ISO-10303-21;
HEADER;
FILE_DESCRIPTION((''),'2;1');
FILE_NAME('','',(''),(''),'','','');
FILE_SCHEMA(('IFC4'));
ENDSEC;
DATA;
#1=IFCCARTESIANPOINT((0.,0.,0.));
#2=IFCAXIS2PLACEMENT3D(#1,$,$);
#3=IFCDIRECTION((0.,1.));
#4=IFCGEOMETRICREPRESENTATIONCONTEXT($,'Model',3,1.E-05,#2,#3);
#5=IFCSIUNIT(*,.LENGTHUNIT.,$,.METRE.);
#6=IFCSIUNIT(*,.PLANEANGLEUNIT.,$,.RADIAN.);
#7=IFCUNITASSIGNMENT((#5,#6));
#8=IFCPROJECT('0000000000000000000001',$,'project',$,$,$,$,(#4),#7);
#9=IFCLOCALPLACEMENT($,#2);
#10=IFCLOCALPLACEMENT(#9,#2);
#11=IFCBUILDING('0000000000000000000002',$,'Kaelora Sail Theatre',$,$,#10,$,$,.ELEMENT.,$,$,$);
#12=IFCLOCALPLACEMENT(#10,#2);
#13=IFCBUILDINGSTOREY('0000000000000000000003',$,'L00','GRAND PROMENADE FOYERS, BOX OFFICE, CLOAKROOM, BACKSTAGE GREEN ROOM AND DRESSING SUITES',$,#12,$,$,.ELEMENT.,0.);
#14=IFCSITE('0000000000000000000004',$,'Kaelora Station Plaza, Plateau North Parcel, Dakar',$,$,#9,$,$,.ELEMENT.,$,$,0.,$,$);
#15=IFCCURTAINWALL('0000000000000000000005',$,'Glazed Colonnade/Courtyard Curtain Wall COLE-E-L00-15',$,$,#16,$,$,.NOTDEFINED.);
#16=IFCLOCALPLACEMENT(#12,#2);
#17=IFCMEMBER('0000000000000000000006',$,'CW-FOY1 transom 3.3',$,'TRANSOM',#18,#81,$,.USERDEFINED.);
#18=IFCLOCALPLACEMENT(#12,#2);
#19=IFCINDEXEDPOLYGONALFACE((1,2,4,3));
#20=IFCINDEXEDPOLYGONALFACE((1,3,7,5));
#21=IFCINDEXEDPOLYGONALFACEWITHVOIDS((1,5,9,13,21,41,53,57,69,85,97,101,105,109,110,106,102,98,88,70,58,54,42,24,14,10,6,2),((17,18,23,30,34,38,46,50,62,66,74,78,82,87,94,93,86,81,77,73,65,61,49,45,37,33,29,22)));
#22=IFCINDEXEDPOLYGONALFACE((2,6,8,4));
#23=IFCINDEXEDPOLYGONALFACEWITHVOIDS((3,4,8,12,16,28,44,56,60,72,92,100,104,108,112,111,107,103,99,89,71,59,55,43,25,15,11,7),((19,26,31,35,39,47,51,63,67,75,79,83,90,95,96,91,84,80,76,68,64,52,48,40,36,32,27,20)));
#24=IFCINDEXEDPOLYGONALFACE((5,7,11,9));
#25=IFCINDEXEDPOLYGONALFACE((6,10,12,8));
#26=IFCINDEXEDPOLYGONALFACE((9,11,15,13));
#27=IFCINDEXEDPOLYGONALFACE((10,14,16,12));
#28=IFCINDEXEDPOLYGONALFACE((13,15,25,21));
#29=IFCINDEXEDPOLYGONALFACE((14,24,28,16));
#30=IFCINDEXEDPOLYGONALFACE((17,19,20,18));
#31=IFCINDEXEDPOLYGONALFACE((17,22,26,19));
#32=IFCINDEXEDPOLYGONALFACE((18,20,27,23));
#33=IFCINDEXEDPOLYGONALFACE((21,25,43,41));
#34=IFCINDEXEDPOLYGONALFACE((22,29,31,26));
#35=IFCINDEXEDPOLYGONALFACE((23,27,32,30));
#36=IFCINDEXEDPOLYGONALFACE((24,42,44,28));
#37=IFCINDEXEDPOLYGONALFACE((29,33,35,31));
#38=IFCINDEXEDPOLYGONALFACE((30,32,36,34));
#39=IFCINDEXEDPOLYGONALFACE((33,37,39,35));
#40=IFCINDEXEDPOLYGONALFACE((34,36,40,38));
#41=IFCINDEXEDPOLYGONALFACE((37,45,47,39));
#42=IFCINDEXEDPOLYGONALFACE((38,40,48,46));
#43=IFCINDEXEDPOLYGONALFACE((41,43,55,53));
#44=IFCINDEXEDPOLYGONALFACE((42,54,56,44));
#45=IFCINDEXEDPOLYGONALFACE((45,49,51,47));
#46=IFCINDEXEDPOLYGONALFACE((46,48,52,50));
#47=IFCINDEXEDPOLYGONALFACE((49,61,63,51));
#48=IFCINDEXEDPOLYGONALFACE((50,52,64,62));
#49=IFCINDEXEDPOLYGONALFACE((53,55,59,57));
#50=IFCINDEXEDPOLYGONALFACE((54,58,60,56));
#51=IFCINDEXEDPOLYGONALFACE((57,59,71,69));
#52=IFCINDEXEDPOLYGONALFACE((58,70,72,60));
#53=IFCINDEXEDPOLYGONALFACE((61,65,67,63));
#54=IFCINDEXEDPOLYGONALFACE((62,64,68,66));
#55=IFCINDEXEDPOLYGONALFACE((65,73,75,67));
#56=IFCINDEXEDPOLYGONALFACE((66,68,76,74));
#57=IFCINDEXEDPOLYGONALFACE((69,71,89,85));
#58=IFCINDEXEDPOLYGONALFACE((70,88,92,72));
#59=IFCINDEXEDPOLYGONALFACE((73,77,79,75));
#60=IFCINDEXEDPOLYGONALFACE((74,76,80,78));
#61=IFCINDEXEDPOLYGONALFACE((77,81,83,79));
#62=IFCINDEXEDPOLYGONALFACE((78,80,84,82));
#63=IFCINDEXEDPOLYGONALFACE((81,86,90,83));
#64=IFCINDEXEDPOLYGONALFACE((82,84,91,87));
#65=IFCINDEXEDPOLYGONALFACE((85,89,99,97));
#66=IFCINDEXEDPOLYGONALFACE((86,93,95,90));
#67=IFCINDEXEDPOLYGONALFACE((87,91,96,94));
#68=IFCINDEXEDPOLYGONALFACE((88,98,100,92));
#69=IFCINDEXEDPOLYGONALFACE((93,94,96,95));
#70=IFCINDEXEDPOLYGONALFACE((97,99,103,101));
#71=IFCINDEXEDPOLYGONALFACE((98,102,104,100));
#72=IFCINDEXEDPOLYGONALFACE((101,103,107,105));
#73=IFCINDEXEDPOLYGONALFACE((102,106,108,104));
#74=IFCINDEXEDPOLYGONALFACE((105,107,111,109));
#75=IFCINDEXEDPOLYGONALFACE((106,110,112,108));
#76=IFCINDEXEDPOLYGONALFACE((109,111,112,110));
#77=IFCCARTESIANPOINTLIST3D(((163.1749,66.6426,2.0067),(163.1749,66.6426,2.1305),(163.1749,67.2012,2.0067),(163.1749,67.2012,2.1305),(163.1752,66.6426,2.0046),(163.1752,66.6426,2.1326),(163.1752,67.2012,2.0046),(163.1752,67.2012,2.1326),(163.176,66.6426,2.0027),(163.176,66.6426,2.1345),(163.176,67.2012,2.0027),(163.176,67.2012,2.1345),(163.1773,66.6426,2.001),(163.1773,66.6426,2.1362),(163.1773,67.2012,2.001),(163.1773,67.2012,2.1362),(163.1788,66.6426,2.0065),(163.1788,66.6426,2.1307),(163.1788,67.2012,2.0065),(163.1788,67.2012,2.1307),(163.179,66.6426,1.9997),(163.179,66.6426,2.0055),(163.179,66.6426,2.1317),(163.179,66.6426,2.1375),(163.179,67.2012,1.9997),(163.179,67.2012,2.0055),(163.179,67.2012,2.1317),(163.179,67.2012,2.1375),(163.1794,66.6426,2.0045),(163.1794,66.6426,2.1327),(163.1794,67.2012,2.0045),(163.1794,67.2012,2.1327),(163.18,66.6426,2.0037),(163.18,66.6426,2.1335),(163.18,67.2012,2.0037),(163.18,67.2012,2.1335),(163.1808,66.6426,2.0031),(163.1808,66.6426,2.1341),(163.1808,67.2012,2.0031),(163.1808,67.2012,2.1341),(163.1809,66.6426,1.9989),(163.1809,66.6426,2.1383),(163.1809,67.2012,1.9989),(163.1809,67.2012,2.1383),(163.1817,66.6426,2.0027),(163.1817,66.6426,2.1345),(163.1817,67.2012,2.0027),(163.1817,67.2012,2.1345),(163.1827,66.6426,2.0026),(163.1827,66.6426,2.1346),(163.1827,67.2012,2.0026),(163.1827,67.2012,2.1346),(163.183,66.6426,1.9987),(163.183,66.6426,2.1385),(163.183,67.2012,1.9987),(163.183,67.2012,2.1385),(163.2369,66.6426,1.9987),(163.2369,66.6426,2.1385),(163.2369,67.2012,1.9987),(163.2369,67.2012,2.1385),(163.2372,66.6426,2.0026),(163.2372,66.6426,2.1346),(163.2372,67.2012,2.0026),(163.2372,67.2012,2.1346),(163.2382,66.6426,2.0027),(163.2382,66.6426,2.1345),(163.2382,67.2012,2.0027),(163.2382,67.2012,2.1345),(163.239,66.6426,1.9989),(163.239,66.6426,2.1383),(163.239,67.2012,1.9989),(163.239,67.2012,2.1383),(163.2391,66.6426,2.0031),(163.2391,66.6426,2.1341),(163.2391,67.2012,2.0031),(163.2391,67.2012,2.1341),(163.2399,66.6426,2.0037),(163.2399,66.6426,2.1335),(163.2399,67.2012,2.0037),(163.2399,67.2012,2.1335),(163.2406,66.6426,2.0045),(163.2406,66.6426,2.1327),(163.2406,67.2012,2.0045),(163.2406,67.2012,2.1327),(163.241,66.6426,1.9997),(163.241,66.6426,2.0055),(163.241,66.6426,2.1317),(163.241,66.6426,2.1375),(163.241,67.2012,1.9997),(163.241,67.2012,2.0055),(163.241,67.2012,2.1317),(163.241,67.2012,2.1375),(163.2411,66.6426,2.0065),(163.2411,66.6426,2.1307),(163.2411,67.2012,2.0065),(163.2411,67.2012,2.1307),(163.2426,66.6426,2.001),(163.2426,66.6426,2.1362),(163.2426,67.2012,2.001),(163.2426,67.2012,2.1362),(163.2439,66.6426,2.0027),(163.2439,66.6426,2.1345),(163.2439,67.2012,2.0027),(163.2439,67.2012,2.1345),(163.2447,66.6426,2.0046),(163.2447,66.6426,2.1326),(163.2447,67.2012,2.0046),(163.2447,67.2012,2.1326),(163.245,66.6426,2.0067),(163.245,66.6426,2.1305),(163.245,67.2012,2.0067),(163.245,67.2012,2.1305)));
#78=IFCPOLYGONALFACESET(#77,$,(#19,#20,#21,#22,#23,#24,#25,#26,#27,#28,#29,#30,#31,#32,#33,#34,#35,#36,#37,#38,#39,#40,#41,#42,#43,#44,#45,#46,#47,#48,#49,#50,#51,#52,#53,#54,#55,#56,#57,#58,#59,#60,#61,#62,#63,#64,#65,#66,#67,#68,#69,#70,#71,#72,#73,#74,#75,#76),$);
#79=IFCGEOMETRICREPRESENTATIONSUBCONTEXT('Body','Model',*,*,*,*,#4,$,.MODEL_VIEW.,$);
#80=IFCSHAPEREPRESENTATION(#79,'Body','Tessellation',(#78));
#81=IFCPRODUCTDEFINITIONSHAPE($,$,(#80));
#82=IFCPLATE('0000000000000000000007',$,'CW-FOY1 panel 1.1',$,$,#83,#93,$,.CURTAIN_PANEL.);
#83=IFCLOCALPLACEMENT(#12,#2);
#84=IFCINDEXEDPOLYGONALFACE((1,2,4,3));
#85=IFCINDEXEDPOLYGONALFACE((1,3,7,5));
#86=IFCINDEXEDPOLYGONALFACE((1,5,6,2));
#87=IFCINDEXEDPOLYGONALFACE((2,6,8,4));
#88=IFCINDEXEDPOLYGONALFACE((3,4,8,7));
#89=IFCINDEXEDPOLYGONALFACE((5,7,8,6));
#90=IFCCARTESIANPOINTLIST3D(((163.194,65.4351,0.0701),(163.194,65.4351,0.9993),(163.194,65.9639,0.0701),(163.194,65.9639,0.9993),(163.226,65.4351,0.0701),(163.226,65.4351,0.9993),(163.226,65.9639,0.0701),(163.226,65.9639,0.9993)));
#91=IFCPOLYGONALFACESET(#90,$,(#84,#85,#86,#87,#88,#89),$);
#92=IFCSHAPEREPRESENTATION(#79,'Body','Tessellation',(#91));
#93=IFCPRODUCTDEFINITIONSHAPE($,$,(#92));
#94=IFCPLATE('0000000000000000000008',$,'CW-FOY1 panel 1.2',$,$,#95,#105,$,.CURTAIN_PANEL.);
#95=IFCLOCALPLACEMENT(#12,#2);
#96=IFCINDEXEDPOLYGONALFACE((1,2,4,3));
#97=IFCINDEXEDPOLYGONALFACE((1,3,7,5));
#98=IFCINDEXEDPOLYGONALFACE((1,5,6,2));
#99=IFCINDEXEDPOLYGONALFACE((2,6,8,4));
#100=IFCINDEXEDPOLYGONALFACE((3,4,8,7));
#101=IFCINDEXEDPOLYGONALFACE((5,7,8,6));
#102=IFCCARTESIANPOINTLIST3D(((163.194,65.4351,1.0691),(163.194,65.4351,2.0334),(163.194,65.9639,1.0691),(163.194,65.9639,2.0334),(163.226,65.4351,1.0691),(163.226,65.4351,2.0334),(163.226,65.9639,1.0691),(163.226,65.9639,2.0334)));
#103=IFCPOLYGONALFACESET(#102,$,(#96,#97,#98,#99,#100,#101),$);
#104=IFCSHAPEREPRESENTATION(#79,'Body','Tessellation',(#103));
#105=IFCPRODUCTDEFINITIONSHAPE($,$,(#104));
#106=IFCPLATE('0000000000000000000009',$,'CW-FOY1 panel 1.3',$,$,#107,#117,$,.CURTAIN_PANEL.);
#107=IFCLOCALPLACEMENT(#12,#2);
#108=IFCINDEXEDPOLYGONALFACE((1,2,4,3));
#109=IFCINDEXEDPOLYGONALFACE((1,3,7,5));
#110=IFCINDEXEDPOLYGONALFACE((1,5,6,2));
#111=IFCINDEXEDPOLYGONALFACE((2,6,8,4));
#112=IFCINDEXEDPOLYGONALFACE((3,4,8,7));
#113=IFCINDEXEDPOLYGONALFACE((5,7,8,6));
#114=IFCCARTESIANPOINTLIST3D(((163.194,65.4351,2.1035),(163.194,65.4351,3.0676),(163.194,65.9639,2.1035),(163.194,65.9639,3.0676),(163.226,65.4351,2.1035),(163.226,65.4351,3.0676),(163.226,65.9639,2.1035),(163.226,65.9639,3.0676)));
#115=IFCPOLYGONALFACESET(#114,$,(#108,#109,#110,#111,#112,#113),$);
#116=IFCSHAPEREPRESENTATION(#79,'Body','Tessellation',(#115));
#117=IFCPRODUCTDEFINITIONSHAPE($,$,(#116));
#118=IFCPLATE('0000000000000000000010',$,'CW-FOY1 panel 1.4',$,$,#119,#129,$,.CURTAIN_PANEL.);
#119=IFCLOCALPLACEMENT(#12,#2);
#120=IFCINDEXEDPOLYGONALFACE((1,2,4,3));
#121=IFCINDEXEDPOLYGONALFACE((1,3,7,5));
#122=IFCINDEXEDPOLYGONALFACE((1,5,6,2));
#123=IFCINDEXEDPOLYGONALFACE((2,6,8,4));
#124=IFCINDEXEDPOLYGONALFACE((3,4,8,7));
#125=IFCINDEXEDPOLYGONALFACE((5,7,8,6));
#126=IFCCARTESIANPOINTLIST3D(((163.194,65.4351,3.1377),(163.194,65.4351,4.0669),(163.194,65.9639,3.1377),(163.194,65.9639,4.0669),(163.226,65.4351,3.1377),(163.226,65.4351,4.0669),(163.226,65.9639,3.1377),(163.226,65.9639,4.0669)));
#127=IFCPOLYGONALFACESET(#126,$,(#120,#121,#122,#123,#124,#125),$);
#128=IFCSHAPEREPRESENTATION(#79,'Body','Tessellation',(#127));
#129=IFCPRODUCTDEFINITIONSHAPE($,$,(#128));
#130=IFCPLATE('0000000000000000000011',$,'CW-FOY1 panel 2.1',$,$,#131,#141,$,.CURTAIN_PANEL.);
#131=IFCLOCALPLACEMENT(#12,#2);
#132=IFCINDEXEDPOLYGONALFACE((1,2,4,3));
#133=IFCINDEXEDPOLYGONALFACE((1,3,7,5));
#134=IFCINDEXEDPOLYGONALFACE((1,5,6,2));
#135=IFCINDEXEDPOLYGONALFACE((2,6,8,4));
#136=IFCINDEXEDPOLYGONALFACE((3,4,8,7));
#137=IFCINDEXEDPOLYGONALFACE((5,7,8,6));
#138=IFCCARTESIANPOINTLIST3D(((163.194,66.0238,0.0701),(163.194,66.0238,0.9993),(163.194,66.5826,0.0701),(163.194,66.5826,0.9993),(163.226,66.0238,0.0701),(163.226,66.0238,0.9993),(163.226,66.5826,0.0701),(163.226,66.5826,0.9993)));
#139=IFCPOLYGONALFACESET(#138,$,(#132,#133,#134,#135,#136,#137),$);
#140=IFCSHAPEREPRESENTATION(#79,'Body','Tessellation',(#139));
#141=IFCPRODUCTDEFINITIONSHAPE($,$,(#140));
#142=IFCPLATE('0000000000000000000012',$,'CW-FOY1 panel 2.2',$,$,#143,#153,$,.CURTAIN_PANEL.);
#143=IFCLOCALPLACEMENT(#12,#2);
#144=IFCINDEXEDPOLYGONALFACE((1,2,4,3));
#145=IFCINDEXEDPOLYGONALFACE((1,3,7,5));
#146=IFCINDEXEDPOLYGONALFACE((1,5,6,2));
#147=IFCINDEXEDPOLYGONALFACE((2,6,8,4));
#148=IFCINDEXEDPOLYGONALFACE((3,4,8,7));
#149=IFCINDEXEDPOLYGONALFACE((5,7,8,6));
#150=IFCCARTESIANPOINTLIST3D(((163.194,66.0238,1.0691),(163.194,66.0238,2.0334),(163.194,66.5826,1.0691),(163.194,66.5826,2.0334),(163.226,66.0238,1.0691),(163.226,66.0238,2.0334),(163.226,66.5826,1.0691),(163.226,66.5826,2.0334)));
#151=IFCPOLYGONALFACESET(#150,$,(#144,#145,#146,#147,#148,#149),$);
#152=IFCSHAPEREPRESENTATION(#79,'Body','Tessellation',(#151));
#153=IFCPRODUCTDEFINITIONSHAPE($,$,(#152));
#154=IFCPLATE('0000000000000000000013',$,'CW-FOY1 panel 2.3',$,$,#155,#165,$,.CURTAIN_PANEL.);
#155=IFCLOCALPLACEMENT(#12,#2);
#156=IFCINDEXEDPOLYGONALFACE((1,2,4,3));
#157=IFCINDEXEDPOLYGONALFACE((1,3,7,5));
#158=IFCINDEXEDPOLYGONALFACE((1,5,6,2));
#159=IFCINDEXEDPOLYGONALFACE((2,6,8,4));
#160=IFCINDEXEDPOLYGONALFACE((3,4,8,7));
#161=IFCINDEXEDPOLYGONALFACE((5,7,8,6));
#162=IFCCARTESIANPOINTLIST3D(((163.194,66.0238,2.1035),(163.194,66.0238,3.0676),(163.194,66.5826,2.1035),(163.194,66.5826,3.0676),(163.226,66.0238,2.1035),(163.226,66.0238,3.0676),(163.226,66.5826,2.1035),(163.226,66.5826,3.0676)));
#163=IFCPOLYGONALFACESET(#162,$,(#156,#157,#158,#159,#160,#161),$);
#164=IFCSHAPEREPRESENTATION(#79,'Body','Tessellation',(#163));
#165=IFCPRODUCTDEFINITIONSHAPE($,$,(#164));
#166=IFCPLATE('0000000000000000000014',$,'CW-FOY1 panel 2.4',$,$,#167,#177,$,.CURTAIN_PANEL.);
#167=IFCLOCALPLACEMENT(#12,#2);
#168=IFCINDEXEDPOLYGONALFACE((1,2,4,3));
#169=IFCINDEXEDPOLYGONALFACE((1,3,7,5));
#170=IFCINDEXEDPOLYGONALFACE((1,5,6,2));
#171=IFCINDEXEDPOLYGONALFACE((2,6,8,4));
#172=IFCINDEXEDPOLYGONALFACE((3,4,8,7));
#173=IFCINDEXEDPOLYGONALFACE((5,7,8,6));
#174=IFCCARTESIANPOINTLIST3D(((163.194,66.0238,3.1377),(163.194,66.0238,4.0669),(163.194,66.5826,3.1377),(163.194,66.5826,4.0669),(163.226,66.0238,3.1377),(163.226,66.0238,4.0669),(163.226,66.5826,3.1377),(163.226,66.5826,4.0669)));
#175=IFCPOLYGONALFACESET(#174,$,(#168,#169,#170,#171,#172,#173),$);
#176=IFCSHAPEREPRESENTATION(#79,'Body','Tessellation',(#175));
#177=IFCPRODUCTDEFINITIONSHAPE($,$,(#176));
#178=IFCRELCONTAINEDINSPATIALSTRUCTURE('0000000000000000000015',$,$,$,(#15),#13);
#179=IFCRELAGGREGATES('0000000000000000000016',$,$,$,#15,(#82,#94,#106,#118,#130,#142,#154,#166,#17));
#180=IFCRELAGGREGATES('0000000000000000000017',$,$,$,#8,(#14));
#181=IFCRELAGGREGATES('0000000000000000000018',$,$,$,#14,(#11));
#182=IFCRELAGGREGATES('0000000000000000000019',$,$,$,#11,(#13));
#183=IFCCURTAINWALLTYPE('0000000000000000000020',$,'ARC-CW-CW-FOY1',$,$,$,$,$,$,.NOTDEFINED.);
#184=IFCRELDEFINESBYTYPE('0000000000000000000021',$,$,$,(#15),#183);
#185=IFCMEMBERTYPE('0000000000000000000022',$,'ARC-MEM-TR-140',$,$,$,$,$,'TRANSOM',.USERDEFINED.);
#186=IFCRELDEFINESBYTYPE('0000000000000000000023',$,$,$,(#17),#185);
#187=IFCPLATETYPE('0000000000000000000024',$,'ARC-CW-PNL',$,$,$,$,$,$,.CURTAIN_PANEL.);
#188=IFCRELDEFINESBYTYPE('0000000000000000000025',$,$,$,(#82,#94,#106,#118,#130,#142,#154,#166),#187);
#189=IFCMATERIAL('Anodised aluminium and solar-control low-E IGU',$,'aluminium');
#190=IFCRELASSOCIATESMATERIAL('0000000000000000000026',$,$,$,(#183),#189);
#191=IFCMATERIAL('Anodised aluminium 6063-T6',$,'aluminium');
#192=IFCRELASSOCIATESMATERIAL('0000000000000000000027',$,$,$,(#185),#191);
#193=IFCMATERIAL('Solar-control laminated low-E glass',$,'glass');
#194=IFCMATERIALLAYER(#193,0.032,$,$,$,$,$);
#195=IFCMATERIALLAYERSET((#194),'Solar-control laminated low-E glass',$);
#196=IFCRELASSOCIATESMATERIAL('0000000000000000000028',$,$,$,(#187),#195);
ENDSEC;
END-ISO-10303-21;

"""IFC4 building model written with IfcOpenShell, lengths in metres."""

from ifc_helpers import new_model, si_unit, direction, frame, origin, origin_2d, place, context, subcontext, project, spatial, rectangle, hollow_rectangle, extrude, material, layer, layer_set, material_profile, profile_set, type_object, element, aggregate, save


model = new_model("IFC4")

# Units and contexts
model_context = context("Model", 3, precision=1e-05, world=origin(), true_north=direction((0.0, 1.0)))
body_context = subcontext(model_context, "Body", "Model", "MODEL_VIEW")
ifc_project = project(units=[si_unit("LENGTHUNIT", "METRE"), si_unit("PLANEANGLEUNIT", "RADIAN")], contexts=[model_context])

# Site, building, storey
site_placement = place(None, origin())
site = spatial("IfcSite", under=ifc_project, at=site_placement, Name="Kaelora Station Plaza, Plateau North Parcel, Dakar", CompositionType="ELEMENT", RefElevation=0.0)
building_placement = place(site_placement, origin())
building = spatial("IfcBuilding", under=site, at=building_placement, Name="Kaelora Sail Theatre", CompositionType="ELEMENT")
storey_placement = place(building_placement, origin())
storey = spatial("IfcBuildingStorey", under=building, at=storey_placement, Name="L00", Description="GRAND PROMENADE FOYERS, BOX OFFICE, CLOAKROOM, BACKSTAGE GREEN ROOM AND DRESSING SUITES", CompositionType="ELEMENT", Elevation=0.0)

# Curtain wall, member, plates
ifc_material_1 = material(Name="Anodised aluminium and solar-control low-E IGU", Category="aluminium")
curtain_wall_type = type_object("IfcCurtainWallType", Name="ARC-CW-CW-FOY1", PredefinedType="NOTDEFINED", material=ifc_material_1)
curtain_wall_placement = place(storey_placement, origin())
curtain_wall = element("IfcCurtainWall", 1, at=curtain_wall_placement, inside=storey, type_object=curtain_wall_type, Name="Glazed Colonnade/Courtyard Curtain Wall COLE-E-L00-15", PredefinedType="NOTDEFINED")
ifc_material_2 = material(Name="Anodised aluminium 6063-T6", Category="aluminium")
ifc_material_profile_1 = material_profile(ifc_material_2, hollow_rectangle(XDim=0.0701, YDim=0.1399, WallThickness=0.0039, InnerFilletRadius=0.0039, OuterFilletRadius=0.0081, at=origin_2d()), Name="ALU-TRAN 70x140x4")
ifc_profile_set_1 = profile_set([ifc_material_profile_1], Name="Anodised aluminium 6063-T6")
member_type_1 = type_object("IfcMemberType", Name="ARC-MEM-TR-140", ElementType="TRANSOM", PredefinedType="USERDEFINED", material=ifc_profile_set_1)
member_1_placement = place(storey_placement, frame((163.21, 66.6426, 2.0686), z_axis=(0.0, 1.0, 0.0), x_axis=(-1.0, 0.0, 0.0)))
member_1 = element("IfcMember", 2, at=member_1_placement, type_object=member_type_1, Name="CW-FOY1 transom 3.3", ObjectType="TRANSOM", PredefinedType="USERDEFINED", context=body_context, shape_type="SweptSolid", body=[
    extrude(hollow_rectangle(XDim=0.0701, YDim=0.1399, WallThickness=0.0039, InnerFilletRadius=0.0039, OuterFilletRadius=0.0081, at=origin_2d()), origin(), (0.0, 0.0, 1.0), 0.5586),
])
ifc_material_3 = material(Name="Solar-control laminated low-E glass", Category="glass")
ifc_layer = layer(ifc_material_3, 0.032)
ifc_layer_set = layer_set([ifc_layer], Name="Solar-control laminated low-E glass")
plate_type = type_object("IfcPlateType", Name="ARC-CW-PNL", PredefinedType="CURTAIN_PANEL", material=ifc_layer_set)
plate_1_placement = place(storey_placement, frame((163.21, 65.6995, 0.0701), z_axis=(0.0, 0.0, 1.0), x_axis=(0.0, 1.0, 0.0)))
plate_1 = element("IfcPlate", 3, at=plate_1_placement, type_object=plate_type, Name="CW-FOY1 panel 1.1", PredefinedType="CURTAIN_PANEL", context=body_context, shape_type="SweptSolid", body=[
    extrude(rectangle(XDim=0.5288, YDim=0.032, at=origin_2d()), origin(), (0.0, 0.0, 1.0), 0.9292),
])
plate_2_placement = place(storey_placement, frame((163.21, 65.6995, 1.0691), z_axis=(0.0, 0.0, 1.0), x_axis=(0.0, 1.0, 0.0)))
plate_2 = element("IfcPlate", 4, at=plate_2_placement, type_object=plate_type, Name="CW-FOY1 panel 1.2", PredefinedType="CURTAIN_PANEL", context=body_context, shape_type="SweptSolid", body=[
    extrude(rectangle(XDim=0.5288, YDim=0.032, at=origin_2d()), origin(), (0.0, 0.0, 1.0), 0.9644),
])
plate_3_placement = place(storey_placement, frame((163.21, 65.6995, 2.1035), z_axis=(0.0, 0.0, 1.0), x_axis=(0.0, 1.0, 0.0)))
plate_3 = element("IfcPlate", 5, at=plate_3_placement, type_object=plate_type, Name="CW-FOY1 panel 1.3", PredefinedType="CURTAIN_PANEL", context=body_context, shape_type="SweptSolid", body=[
    extrude(rectangle(XDim=0.5288, YDim=0.032, at=origin_2d()), origin(), (0.0, 0.0, 1.0), 0.9641),
])
plate_4_placement = place(storey_placement, frame((163.21, 65.6995, 3.1377), z_axis=(0.0, 0.0, 1.0), x_axis=(0.0, 1.0, 0.0)))
plate_4 = element("IfcPlate", 6, at=plate_4_placement, type_object=plate_type, Name="CW-FOY1 panel 1.4", PredefinedType="CURTAIN_PANEL", context=body_context, shape_type="SweptSolid", body=[
    extrude(rectangle(XDim=0.5288, YDim=0.032, at=origin_2d()), origin(), (0.0, 0.0, 1.0), 0.9292),
])
plate_5_placement = place(storey_placement, frame((163.21, 66.3032, 0.0701), z_axis=(0.0, 0.0, 1.0), x_axis=(0.0, 1.0, 0.0)))
plate_5 = element("IfcPlate", 7, at=plate_5_placement, type_object=plate_type, Name="CW-FOY1 panel 2.1", PredefinedType="CURTAIN_PANEL", context=body_context, shape_type="SweptSolid", body=[
    extrude(rectangle(XDim=0.5588, YDim=0.032, at=origin_2d()), origin(), (0.0, 0.0, 1.0), 0.9292),
])
plate_6_placement = place(storey_placement, frame((163.21, 66.3032, 1.0691), z_axis=(0.0, 0.0, 1.0), x_axis=(0.0, 1.0, 0.0)))
plate_6 = element("IfcPlate", 8, at=plate_6_placement, type_object=plate_type, Name="CW-FOY1 panel 2.2", PredefinedType="CURTAIN_PANEL", context=body_context, shape_type="SweptSolid", body=[
    extrude(rectangle(XDim=0.5588, YDim=0.032, at=origin_2d()), origin(), (0.0, 0.0, 1.0), 0.9644),
])
plate_7_placement = place(storey_placement, frame((163.21, 66.3032, 2.1035), z_axis=(0.0, 0.0, 1.0), x_axis=(0.0, 1.0, 0.0)))
plate_7 = element("IfcPlate", 9, at=plate_7_placement, type_object=plate_type, Name="CW-FOY1 panel 2.3", PredefinedType="CURTAIN_PANEL", context=body_context, shape_type="SweptSolid", body=[
    extrude(rectangle(XDim=0.5588, YDim=0.032, at=origin_2d()), origin(), (0.0, 0.0, 1.0), 0.9641),
])
plate_8_placement = place(storey_placement, frame((163.21, 66.3032, 3.1377), z_axis=(0.0, 0.0, 1.0), x_axis=(0.0, 1.0, 0.0)))
plate_8 = element("IfcPlate", 10, at=plate_8_placement, type_object=plate_type, Name="CW-FOY1 panel 2.4", PredefinedType="CURTAIN_PANEL", context=body_context, shape_type="SweptSolid", body=[
    extrude(rectangle(XDim=0.5588, YDim=0.032, at=origin_2d()), origin(), (0.0, 0.0, 1.0), 0.9292),
])
aggregate(curtain_wall, [plate_1, plate_2, plate_3, plate_4, plate_5, plate_6, plate_7, plate_8, member_1])

save(model, "model.ifc")
